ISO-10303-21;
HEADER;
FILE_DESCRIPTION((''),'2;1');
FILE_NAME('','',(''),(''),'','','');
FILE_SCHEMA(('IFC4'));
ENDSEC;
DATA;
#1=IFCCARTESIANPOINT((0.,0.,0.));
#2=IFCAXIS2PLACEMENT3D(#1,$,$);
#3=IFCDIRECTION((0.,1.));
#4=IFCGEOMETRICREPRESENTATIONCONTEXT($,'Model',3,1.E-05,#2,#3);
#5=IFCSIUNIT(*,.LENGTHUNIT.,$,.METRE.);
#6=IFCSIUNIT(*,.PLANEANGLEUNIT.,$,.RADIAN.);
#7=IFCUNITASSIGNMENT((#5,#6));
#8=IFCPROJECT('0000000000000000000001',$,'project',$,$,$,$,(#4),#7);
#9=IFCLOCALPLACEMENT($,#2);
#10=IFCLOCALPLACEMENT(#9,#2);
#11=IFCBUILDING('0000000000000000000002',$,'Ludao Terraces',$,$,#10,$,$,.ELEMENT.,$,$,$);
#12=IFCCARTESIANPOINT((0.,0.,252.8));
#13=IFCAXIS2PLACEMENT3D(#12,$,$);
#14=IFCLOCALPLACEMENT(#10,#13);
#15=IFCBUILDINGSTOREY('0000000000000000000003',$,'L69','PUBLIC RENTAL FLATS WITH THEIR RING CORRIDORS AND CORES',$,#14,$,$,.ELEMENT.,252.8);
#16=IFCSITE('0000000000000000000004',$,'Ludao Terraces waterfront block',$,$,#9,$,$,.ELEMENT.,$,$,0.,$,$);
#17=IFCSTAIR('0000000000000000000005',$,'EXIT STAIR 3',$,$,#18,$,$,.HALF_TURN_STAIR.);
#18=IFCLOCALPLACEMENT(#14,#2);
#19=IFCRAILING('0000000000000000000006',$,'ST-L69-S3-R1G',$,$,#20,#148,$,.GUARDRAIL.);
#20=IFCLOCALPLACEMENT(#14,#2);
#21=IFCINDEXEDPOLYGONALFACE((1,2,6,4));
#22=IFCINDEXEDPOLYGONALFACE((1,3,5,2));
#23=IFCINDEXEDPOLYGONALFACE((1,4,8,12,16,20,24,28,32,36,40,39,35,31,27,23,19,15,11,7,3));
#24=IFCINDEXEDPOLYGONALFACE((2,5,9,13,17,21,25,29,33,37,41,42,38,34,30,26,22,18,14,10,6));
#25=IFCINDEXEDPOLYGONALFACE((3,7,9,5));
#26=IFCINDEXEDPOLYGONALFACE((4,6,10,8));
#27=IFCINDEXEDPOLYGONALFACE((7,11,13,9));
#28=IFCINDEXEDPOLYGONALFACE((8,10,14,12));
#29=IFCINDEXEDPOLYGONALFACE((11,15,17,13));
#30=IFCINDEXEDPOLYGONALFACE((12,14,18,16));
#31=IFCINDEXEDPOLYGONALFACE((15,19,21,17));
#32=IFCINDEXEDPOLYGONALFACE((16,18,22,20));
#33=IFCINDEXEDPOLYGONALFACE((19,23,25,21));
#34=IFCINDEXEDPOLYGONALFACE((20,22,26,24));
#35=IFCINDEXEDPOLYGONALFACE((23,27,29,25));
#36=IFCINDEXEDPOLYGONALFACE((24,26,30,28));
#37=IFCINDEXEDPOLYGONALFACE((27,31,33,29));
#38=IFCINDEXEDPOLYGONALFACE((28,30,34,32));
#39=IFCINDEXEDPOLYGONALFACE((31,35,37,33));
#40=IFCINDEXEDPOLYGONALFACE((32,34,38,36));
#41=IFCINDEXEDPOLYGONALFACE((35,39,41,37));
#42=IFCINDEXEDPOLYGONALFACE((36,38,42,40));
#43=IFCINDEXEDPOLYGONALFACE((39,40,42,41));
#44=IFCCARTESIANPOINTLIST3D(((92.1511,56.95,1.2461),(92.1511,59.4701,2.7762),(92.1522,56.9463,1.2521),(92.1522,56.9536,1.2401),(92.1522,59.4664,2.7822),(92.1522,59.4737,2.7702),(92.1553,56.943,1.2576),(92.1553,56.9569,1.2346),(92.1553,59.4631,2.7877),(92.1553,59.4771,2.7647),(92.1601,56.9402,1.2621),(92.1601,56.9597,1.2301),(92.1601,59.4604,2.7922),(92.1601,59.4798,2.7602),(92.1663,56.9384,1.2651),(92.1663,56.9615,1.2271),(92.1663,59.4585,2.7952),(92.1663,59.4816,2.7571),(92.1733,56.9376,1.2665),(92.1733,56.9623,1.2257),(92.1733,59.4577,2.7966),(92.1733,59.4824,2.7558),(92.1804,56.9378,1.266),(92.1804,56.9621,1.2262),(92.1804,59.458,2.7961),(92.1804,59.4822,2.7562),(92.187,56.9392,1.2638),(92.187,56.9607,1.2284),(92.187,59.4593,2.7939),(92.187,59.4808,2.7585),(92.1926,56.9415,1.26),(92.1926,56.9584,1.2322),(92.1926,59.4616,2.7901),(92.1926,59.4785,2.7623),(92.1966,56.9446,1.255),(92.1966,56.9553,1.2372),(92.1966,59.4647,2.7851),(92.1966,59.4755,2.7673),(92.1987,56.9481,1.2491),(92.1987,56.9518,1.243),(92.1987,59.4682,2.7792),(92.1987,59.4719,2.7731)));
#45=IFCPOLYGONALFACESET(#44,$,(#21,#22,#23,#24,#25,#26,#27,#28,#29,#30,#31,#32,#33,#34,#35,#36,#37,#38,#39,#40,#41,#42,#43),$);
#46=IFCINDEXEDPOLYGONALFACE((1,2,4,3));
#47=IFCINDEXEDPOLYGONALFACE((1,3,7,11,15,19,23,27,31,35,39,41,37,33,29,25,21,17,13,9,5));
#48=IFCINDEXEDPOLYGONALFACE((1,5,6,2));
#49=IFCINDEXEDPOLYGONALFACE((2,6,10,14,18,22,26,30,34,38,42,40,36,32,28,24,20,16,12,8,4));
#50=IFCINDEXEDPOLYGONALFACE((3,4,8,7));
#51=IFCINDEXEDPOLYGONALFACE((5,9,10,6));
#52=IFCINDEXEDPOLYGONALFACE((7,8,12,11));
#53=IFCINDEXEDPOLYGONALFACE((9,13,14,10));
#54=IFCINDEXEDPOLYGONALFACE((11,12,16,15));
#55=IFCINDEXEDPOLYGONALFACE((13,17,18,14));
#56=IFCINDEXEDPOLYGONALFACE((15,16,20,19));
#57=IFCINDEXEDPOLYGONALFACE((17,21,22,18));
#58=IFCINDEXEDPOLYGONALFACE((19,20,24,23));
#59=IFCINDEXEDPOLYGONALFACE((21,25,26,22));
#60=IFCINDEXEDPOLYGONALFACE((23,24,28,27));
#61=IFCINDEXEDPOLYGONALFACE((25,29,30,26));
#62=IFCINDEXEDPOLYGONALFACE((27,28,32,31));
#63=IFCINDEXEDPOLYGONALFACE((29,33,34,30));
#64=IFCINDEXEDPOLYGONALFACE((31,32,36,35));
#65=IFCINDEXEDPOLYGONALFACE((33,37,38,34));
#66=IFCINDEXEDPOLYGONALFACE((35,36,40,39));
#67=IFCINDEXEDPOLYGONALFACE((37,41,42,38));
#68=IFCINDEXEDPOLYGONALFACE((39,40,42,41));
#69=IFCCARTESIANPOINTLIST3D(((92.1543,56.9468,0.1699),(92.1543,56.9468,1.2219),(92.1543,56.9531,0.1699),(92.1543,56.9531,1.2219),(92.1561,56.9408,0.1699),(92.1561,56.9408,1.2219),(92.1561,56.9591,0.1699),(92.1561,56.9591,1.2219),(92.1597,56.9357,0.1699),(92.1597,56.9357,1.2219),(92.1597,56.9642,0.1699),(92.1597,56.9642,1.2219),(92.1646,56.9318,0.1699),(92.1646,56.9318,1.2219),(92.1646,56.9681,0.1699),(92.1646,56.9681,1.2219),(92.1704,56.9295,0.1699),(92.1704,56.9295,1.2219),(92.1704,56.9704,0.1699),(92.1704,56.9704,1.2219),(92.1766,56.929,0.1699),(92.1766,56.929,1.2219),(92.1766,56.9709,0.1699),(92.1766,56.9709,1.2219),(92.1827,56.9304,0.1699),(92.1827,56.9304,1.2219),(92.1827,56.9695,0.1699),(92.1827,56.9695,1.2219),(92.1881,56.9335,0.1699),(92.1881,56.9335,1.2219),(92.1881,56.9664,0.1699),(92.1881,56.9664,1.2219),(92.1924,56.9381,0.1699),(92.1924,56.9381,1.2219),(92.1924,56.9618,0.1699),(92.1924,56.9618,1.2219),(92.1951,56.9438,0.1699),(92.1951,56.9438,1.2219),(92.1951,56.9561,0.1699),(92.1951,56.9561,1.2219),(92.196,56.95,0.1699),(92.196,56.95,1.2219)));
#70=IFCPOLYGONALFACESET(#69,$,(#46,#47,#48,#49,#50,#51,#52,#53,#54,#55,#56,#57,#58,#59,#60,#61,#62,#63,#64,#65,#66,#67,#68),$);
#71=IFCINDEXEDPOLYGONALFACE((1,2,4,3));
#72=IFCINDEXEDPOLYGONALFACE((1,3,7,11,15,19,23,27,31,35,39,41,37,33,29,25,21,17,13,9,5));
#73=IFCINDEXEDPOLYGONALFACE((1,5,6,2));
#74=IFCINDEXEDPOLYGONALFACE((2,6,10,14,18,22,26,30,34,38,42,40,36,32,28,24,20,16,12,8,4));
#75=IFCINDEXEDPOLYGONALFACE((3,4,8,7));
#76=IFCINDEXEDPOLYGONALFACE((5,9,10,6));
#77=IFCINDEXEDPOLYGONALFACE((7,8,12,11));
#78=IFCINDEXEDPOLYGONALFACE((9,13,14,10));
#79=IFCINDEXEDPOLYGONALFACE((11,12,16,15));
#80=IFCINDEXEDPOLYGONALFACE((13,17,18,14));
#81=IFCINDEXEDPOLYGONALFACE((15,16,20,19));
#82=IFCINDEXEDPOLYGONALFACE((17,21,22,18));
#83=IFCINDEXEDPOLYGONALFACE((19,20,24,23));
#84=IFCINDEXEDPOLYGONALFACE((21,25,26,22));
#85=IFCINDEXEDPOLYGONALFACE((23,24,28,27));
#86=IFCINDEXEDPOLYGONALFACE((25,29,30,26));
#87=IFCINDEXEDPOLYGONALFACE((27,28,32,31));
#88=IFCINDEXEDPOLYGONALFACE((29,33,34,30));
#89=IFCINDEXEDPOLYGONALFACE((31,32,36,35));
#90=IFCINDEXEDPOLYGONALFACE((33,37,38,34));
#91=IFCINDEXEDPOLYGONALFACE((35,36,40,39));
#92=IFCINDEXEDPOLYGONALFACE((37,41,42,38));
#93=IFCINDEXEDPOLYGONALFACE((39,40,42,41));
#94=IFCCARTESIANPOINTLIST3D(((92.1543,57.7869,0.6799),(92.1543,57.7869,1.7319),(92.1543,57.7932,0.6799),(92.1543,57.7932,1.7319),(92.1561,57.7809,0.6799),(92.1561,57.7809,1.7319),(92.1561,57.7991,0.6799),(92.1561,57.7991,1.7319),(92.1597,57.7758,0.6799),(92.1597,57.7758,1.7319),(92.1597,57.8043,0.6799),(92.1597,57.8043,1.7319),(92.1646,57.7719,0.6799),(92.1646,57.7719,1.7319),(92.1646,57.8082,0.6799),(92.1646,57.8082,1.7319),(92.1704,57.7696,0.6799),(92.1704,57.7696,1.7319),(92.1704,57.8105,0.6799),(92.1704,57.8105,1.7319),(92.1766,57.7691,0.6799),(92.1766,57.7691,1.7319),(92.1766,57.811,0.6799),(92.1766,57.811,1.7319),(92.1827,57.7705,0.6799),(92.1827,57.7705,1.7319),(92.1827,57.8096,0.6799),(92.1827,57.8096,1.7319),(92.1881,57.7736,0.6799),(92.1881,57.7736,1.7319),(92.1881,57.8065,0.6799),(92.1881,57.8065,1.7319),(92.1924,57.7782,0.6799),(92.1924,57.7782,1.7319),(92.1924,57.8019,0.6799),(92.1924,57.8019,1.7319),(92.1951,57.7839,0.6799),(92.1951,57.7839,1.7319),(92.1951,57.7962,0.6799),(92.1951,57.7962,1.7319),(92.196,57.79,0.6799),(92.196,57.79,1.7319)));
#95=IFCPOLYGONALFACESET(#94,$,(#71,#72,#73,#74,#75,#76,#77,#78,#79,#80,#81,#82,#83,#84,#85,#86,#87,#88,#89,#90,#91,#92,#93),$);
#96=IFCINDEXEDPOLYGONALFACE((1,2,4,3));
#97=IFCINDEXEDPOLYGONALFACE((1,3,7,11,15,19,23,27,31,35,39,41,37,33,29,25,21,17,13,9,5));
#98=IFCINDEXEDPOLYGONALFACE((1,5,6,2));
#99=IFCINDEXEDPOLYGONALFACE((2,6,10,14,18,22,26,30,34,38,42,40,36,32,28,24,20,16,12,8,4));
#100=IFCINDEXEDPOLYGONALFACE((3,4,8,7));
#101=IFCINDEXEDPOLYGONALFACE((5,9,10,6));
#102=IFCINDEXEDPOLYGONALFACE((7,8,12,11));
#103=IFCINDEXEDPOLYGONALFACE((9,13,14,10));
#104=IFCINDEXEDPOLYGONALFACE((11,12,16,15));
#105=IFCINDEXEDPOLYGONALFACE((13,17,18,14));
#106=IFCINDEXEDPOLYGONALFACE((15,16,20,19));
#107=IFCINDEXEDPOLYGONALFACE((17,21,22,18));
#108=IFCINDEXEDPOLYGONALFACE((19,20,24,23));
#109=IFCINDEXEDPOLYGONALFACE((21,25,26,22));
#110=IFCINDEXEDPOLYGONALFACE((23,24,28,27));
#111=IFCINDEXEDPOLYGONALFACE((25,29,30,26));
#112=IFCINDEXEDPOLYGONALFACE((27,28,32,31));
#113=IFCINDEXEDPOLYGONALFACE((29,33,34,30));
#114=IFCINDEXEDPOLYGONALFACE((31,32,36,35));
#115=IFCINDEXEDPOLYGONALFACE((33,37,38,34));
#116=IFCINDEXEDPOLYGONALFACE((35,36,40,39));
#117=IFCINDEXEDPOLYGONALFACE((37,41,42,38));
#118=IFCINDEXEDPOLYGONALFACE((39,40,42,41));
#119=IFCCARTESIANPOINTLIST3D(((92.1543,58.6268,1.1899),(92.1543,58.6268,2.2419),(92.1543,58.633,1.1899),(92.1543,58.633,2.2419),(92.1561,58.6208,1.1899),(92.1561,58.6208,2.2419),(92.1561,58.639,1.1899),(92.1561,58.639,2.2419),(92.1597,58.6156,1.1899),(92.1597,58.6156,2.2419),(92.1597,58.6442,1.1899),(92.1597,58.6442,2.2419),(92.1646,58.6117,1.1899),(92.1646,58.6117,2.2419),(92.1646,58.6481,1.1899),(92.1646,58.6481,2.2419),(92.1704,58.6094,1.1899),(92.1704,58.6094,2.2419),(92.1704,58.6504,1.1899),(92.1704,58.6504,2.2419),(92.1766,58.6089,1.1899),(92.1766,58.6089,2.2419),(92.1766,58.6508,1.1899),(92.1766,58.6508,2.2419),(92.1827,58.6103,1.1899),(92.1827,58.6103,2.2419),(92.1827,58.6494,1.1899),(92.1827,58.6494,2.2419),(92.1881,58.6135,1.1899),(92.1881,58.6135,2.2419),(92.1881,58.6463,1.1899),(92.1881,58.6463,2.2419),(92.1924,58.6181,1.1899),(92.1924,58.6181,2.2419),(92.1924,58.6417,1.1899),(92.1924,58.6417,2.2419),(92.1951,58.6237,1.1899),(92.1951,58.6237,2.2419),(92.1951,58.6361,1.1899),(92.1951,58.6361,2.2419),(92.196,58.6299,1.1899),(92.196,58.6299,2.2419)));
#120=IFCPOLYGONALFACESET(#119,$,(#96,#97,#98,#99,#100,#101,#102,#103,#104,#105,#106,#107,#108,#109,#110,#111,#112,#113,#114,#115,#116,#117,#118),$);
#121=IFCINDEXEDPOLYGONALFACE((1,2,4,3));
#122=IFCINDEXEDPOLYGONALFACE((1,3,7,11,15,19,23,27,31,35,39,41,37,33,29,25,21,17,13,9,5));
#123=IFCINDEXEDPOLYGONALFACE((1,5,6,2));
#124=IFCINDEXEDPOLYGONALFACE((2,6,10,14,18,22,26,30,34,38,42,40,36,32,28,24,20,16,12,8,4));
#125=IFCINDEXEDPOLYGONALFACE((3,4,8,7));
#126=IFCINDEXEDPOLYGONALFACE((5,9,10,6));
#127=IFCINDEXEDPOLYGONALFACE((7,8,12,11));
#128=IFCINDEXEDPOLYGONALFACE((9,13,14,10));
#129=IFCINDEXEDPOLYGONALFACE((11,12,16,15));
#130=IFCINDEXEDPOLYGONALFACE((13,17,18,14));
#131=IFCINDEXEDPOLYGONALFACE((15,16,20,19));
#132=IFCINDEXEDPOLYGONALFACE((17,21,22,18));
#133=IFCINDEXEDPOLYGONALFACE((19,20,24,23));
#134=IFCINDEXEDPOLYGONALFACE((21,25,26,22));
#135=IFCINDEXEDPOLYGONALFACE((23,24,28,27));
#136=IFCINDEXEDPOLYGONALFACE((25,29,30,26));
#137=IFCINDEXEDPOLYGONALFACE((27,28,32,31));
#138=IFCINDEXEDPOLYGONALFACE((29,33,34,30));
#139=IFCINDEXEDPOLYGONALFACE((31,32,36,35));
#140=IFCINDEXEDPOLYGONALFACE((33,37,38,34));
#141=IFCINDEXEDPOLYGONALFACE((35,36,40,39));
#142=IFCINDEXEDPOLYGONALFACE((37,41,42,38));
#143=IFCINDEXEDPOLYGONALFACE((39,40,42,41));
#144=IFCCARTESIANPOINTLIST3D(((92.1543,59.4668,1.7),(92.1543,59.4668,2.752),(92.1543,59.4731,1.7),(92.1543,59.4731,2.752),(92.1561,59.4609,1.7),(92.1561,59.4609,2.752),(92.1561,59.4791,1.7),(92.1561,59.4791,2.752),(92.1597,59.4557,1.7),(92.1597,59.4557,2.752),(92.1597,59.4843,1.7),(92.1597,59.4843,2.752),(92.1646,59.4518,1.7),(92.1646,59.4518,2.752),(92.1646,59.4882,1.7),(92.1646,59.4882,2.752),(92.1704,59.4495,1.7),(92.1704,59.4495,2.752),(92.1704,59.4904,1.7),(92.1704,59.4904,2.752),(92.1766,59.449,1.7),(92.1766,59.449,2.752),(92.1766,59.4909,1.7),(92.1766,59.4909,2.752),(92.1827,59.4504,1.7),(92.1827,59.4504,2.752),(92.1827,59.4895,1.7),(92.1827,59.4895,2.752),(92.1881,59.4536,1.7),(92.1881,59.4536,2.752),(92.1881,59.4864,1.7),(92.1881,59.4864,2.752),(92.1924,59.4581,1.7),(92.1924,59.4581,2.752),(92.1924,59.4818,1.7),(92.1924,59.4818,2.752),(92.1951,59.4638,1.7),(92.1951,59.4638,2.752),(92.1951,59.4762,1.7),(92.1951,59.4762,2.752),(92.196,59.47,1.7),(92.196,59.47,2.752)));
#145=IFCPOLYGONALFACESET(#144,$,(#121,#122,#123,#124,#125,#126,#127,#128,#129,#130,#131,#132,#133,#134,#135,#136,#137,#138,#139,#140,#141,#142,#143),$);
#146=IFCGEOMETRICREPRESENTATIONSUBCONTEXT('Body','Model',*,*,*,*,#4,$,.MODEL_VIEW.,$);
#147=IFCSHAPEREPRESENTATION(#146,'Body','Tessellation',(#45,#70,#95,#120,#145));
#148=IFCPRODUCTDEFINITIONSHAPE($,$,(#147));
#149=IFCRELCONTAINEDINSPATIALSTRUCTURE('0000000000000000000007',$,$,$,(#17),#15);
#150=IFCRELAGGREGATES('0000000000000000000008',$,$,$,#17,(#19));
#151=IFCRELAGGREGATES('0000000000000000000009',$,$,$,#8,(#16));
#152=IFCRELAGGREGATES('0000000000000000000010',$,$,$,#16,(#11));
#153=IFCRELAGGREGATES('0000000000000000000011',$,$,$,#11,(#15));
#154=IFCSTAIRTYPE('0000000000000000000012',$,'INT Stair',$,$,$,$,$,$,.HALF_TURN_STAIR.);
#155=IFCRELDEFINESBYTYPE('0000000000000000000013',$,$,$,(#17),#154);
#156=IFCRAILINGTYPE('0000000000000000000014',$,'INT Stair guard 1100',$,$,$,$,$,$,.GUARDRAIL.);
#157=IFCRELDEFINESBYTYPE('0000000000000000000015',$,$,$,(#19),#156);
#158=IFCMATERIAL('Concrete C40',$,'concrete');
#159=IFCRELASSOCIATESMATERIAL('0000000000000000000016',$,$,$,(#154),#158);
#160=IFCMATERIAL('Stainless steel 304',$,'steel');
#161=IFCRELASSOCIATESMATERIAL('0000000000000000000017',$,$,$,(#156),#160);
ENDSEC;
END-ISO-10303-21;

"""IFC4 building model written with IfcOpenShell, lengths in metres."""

from ifc_helpers import new_model, si_unit, direction, frame, origin, origin_2d, place, context, subcontext, project, spatial, circle, extrude, material, type_object, element, aggregate, save


model = new_model("IFC4")

# Units and contexts
model_context = context("Model", 3, precision=1e-05, world=origin(), true_north=direction((0.0, 1.0)))
body_context = subcontext(model_context, "Body", "Model", "MODEL_VIEW")
ifc_project = project(units=[si_unit("LENGTHUNIT", "METRE"), si_unit("PLANEANGLEUNIT", "RADIAN")], contexts=[model_context])

# Site, building, storey
site_placement = place(None, origin())
site = spatial("IfcSite", under=ifc_project, at=site_placement, Name="Ludao Terraces waterfront block", CompositionType="ELEMENT", RefElevation=0.0)
building_placement = place(site_placement, origin())
building = spatial("IfcBuilding", under=site, at=building_placement, Name="Ludao Terraces", CompositionType="ELEMENT")
storey_placement = place(building_placement, frame((0.0, 0.0, 252.8)))
storey = spatial("IfcBuildingStorey", under=building, at=storey_placement, Name="L69", Description="PUBLIC RENTAL FLATS WITH THEIR RING CORRIDORS AND CORES", CompositionType="ELEMENT", Elevation=252.8)

# Shared definitions
ifc_material_1 = material(Name="Concrete C40", Category="concrete")

# Stair, railing
stair_type = type_object("IfcStairType", Name="INT Stair", PredefinedType="HALF_TURN_STAIR", material=ifc_material_1)
stair_placement = place(storey_placement, origin())
stair = element("IfcStair", 1, at=stair_placement, inside=storey, type_object=stair_type, Name="EXIT STAIR 3", PredefinedType="HALF_TURN_STAIR")
ifc_material_2 = material(Name="Stainless steel 304", Category="steel")
railing_type_1 = type_object("IfcRailingType", Name="INT Stair guard 1100", PredefinedType="GUARDRAIL", material=ifc_material_2)
railing_1_placement = place(storey_placement, frame((92.175, 56.95, 0.1699)))
railing_1 = element("IfcRailing", 2, at=railing_1_placement, type_object=railing_type_1, Name="ST-L69-S3-R1G", PredefinedType="GUARDRAIL", context=body_context, shape_type="SweptSolid", body=[
    extrude(circle(Radius=0.0239, at=origin_2d()), frame((0.0, 0.0, 1.0762), z_axis=(0.0, 0.854785, 0.518982), x_axis=(-1.0, 0.0, 0.0)), (0.0, 0.0, 1.0), 2.9482),
    extrude(circle(Radius=0.021, at=origin_2d()), origin(), (0.0, 0.0, 1.0), 1.052),
    extrude(circle(Radius=0.021, at=origin_2d()), frame((0.0, 0.8401, 0.51)), (0.0, 0.0, 1.0), 1.052),
    extrude(circle(Radius=0.021, at=origin_2d()), frame((0.0, 1.6799, 1.02)), (0.0, 0.0, 1.0), 1.052),
    extrude(circle(Radius=0.021, at=origin_2d()), frame((0.0, 2.52, 1.53)), (0.0, 0.0, 1.0), 1.052),
])
aggregate(stair, [railing_1])

save(model, "model.ifc")
